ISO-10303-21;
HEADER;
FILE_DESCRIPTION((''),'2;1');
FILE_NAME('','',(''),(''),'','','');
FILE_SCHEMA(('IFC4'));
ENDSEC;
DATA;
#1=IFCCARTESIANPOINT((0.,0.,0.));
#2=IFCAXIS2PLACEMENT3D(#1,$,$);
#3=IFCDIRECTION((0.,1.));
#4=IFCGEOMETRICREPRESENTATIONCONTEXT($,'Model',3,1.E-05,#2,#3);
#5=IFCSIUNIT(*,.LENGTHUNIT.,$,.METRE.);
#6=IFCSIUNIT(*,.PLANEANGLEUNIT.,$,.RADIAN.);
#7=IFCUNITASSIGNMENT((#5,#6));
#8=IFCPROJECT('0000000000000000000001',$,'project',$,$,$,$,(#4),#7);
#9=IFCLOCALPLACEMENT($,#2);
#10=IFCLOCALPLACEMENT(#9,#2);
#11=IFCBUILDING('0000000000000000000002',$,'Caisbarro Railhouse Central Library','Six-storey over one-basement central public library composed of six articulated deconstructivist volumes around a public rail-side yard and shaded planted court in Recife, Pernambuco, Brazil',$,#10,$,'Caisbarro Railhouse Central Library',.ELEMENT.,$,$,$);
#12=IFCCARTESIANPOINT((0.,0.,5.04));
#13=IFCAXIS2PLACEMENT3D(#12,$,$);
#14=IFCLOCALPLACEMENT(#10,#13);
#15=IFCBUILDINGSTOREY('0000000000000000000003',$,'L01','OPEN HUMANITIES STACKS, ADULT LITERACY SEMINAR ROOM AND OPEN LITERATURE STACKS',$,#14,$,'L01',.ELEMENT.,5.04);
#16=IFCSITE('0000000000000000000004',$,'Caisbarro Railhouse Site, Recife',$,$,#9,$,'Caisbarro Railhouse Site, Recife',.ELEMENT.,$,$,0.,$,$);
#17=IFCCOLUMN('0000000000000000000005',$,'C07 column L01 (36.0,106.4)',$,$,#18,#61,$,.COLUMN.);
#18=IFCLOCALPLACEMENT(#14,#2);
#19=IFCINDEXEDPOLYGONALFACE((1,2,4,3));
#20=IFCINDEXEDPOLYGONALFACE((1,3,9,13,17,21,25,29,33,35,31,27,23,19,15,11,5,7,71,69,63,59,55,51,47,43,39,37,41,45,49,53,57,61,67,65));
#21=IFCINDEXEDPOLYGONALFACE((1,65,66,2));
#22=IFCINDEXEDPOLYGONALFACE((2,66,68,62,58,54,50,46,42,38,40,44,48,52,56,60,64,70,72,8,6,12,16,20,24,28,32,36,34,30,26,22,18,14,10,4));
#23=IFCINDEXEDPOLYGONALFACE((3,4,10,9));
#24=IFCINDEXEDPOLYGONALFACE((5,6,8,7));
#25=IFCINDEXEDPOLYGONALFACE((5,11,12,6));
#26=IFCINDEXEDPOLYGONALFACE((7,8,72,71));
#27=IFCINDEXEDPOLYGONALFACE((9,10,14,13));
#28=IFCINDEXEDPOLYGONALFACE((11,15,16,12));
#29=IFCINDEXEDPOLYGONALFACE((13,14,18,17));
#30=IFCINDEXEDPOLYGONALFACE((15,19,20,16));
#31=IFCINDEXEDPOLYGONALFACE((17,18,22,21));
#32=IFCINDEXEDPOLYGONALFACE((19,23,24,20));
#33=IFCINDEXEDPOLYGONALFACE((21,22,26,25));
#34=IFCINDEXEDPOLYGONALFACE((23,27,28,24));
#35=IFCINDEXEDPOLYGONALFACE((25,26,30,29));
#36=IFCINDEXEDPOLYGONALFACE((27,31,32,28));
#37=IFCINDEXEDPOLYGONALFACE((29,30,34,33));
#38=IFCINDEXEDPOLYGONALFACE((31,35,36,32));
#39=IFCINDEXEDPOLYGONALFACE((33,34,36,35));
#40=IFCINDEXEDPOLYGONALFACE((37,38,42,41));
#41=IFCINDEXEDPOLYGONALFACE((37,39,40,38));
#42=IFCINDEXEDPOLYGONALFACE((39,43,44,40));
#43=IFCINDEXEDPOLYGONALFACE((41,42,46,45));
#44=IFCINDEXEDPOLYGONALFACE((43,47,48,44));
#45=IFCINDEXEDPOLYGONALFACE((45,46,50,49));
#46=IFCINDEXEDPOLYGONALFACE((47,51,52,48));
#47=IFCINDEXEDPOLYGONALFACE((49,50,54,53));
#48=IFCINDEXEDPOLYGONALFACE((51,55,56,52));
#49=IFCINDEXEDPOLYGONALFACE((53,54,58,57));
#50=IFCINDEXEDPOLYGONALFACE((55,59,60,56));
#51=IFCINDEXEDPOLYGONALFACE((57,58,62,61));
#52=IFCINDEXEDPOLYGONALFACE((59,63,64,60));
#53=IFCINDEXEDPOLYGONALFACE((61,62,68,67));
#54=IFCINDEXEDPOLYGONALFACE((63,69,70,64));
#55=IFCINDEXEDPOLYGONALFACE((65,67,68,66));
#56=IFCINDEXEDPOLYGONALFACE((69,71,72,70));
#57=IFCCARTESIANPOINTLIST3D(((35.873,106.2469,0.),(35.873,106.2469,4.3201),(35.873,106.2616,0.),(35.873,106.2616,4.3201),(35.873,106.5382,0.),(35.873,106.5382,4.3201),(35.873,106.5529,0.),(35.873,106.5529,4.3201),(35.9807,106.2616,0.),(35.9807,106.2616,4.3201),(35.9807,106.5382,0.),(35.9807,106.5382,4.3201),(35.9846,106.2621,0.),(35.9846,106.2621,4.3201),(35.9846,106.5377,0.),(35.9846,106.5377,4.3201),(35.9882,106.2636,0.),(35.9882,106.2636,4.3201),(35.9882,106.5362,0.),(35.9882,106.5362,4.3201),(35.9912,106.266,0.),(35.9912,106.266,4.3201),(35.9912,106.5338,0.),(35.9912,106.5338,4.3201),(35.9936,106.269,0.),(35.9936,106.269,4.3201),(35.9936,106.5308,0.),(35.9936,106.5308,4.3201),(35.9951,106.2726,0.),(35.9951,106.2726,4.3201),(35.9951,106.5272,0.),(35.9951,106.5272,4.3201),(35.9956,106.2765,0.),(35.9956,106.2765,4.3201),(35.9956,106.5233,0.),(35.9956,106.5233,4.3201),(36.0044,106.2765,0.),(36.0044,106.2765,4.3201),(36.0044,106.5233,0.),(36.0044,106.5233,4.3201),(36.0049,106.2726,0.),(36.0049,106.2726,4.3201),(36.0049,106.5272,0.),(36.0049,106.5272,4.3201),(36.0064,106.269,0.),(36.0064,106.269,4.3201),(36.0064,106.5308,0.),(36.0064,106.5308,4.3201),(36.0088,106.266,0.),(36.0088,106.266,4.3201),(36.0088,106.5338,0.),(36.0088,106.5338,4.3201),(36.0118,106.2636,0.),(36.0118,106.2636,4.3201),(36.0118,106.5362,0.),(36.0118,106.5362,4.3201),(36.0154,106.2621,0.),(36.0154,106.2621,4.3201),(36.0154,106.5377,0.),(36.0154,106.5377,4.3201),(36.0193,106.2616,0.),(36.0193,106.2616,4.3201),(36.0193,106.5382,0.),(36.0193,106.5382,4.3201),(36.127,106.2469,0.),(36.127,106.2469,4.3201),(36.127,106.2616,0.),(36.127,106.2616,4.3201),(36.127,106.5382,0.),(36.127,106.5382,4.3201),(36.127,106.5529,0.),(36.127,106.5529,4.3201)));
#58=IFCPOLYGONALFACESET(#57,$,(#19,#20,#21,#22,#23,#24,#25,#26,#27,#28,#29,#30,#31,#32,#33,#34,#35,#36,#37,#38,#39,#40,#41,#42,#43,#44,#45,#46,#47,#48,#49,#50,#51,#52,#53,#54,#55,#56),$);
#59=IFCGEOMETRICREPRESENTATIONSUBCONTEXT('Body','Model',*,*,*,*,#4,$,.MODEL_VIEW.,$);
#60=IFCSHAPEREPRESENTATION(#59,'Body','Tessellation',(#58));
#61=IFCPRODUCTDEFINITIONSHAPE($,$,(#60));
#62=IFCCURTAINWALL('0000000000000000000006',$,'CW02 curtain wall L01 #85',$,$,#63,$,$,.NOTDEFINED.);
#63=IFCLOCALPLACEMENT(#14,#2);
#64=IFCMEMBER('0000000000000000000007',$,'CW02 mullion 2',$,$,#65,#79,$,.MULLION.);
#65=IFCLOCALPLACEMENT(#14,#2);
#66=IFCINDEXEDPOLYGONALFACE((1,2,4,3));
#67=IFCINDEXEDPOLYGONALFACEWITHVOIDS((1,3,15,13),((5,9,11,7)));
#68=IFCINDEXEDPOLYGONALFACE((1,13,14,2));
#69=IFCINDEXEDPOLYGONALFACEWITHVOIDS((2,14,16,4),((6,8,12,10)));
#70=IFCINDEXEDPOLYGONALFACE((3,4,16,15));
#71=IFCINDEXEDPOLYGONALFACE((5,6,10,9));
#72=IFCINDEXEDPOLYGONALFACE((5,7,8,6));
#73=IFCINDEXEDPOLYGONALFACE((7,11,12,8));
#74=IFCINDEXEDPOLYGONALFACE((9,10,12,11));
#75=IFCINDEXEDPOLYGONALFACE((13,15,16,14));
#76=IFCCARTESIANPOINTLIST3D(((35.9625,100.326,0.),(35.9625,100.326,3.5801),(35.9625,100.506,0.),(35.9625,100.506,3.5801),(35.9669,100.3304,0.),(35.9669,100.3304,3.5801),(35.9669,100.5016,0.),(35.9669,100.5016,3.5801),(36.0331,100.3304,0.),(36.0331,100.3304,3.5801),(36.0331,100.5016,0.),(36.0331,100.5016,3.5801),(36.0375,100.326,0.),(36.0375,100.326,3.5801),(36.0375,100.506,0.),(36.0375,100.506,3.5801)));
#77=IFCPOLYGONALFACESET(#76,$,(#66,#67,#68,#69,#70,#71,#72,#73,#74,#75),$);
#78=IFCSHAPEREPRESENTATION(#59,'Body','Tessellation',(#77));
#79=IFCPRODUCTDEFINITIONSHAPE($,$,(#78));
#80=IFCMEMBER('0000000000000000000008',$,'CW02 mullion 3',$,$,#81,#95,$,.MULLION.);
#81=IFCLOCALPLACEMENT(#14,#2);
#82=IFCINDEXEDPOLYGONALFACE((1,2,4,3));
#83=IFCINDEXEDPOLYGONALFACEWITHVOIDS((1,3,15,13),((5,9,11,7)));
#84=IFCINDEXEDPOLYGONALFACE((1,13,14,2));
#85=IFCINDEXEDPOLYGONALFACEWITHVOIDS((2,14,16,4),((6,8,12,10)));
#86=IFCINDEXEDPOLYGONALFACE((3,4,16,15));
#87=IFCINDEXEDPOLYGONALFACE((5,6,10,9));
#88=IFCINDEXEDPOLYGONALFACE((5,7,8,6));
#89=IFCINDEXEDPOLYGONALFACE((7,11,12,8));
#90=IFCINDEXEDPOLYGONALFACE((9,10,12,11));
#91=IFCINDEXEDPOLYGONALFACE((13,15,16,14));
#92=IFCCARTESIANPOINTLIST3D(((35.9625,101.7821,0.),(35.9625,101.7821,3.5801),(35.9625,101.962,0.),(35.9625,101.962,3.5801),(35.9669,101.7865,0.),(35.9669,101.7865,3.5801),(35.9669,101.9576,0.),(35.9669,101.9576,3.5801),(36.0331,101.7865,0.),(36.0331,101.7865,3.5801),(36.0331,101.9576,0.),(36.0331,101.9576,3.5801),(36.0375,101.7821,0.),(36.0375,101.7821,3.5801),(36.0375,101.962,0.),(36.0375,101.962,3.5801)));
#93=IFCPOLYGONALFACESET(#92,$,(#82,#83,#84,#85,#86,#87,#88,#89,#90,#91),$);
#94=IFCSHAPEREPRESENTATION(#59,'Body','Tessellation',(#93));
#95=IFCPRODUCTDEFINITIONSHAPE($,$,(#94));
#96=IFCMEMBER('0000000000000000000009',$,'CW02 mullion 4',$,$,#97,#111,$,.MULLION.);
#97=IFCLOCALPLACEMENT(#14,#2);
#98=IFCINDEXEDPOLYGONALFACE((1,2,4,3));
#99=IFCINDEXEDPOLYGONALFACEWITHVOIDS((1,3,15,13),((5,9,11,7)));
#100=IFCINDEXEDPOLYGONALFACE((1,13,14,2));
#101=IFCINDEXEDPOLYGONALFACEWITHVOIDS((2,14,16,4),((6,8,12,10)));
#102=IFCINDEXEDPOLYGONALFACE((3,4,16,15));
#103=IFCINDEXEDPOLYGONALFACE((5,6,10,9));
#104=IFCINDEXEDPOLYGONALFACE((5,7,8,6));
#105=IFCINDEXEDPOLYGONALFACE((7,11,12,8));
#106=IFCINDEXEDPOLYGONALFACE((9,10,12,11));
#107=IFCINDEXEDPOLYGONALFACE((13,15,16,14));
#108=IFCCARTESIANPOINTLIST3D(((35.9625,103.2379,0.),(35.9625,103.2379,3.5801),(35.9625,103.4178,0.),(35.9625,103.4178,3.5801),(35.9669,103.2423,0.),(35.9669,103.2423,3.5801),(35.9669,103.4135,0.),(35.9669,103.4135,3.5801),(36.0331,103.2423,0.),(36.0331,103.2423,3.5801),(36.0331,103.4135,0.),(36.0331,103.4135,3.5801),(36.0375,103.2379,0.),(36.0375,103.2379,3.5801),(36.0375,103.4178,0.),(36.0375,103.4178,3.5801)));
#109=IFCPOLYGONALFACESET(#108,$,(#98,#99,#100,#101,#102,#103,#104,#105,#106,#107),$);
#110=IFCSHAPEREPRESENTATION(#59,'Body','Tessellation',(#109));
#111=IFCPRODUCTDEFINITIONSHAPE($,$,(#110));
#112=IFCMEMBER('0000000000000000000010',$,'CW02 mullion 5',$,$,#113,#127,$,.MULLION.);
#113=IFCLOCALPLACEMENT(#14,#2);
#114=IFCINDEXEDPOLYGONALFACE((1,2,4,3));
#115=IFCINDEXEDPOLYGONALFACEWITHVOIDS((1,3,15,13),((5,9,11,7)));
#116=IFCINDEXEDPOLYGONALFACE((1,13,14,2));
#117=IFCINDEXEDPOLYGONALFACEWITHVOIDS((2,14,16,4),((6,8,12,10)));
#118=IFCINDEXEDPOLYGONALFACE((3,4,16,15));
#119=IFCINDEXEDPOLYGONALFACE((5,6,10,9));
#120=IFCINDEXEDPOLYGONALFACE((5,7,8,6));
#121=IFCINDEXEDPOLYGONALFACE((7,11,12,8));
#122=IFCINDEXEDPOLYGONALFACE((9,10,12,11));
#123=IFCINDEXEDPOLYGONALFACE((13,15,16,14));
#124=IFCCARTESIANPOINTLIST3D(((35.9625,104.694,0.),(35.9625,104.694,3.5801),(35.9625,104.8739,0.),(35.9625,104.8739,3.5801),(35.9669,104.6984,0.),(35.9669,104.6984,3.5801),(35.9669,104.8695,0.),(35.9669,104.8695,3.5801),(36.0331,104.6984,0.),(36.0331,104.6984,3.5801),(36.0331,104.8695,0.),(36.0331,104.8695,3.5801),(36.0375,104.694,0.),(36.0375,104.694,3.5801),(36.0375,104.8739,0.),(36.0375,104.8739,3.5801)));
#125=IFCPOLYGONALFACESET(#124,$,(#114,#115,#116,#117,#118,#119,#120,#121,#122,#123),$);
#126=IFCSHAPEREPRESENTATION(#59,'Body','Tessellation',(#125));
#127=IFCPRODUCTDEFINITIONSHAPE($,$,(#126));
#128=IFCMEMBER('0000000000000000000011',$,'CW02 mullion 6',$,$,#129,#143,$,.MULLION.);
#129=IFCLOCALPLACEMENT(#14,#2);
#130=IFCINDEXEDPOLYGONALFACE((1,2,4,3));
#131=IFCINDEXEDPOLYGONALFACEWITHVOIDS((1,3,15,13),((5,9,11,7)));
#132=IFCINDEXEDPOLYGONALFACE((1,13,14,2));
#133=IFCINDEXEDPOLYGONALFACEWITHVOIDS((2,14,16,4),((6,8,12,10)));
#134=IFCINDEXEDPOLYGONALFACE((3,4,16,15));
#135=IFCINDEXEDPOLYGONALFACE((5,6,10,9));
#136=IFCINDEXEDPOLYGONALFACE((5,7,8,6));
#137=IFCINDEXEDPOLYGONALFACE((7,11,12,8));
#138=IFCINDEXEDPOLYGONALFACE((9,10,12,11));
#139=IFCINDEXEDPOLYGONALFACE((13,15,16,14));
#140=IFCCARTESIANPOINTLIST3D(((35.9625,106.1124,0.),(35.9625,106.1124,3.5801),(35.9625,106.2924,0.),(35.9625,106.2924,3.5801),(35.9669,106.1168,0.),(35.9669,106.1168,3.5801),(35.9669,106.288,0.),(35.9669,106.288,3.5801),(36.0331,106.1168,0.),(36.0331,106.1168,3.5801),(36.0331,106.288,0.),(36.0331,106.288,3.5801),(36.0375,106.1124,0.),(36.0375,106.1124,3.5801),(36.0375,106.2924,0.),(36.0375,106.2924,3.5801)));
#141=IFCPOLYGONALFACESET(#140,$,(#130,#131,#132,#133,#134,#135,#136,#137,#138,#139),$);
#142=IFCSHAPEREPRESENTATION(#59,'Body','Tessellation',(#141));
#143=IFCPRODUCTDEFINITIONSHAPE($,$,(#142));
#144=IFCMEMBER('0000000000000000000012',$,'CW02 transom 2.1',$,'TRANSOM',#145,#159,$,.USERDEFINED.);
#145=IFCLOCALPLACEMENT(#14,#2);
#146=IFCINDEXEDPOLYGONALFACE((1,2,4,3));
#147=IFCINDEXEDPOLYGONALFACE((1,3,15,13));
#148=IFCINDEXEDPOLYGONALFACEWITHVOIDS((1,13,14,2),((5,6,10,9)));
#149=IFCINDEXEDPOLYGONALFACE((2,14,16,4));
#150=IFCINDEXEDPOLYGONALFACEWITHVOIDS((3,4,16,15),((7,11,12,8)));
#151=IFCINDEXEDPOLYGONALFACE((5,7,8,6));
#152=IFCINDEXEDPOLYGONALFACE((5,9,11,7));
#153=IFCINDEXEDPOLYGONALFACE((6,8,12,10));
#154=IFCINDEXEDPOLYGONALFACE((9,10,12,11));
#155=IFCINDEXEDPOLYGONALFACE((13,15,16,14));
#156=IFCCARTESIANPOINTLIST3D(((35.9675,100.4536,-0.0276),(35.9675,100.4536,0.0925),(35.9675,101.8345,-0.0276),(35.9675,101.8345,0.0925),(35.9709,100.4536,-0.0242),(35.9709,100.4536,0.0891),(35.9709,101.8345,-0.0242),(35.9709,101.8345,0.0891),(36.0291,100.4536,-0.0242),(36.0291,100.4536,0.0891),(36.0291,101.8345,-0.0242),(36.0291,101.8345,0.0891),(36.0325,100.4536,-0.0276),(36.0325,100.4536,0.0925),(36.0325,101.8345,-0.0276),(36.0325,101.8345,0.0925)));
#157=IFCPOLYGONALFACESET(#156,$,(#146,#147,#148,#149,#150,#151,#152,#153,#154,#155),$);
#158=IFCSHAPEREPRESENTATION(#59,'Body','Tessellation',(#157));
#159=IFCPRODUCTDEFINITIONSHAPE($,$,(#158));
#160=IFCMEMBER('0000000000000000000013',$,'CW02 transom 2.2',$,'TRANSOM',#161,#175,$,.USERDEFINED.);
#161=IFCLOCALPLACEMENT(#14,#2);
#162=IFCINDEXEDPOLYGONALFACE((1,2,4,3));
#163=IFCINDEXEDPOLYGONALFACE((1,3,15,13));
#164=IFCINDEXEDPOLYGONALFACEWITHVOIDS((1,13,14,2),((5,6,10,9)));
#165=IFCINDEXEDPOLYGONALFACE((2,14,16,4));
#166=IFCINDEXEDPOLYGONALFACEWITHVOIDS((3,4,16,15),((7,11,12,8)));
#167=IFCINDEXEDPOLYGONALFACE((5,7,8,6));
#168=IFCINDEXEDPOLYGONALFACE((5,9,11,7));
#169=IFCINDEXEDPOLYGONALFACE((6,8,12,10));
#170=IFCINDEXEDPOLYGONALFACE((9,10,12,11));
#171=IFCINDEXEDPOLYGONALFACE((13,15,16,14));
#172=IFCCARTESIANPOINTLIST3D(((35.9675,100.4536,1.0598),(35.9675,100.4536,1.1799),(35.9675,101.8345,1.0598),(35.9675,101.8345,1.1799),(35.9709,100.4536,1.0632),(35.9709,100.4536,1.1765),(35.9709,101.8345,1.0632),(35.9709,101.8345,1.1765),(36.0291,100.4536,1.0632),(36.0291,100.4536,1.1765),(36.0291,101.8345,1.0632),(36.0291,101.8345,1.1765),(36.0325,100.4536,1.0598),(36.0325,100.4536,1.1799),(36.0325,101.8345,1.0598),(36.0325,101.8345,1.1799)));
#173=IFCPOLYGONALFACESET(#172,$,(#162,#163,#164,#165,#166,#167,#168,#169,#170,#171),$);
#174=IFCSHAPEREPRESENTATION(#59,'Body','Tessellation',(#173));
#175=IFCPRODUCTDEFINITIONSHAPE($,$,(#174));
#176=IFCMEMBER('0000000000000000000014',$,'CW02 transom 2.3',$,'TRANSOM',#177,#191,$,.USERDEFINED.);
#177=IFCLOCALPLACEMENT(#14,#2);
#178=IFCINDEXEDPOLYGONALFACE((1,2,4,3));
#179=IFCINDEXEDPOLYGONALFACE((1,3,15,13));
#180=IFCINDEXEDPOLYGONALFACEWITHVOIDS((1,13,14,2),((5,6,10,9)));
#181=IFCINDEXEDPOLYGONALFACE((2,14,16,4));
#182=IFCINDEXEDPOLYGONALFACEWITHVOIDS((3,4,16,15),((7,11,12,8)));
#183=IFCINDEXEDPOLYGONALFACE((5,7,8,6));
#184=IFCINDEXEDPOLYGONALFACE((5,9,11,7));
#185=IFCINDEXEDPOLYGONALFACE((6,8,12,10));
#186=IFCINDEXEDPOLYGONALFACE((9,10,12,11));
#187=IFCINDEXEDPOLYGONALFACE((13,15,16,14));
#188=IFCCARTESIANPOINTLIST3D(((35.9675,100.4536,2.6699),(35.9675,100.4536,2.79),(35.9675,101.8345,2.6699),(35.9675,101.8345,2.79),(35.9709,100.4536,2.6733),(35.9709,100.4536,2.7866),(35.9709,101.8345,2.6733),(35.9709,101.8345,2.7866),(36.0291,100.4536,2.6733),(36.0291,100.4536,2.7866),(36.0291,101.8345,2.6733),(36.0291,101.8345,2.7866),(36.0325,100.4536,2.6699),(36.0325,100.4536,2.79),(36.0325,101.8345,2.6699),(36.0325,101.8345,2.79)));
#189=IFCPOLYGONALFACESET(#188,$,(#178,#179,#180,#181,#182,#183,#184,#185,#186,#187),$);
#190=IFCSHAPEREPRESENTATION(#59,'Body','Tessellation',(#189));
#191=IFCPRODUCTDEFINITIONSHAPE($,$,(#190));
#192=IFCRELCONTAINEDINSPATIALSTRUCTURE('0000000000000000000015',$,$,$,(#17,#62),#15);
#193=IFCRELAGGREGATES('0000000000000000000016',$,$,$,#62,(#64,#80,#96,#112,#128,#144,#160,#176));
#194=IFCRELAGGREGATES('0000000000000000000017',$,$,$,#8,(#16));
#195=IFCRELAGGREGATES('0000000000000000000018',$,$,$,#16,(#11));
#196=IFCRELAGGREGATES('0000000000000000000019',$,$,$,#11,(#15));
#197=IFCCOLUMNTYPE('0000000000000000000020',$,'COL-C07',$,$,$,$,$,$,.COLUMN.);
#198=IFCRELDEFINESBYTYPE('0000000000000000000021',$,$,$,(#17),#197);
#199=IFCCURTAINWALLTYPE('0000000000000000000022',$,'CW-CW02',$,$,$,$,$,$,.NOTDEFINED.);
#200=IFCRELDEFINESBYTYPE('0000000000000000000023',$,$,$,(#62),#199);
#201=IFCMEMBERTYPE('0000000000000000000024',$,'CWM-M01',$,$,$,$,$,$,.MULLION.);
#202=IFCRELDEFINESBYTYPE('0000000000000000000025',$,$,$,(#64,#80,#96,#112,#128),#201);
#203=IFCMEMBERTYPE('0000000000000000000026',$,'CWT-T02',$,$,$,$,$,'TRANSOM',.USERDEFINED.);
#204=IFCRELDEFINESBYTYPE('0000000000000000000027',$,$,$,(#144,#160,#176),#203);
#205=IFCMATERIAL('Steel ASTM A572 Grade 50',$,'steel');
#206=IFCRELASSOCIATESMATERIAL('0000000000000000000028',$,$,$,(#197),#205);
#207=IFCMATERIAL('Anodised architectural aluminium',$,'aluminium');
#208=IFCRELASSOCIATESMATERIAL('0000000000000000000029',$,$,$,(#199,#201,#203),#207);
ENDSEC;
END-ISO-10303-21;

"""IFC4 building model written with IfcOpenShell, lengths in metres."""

from ifc_helpers import new_model, si_unit, direction, frame, origin, origin_2d, place, context, subcontext, project, spatial, hollow_rectangle, i_section, extrude, material, material_profile, profile_set, type_object, element, aggregate, save


model = new_model("IFC4")

# Units and contexts
model_context = context("Model", 3, precision=1e-05, world=origin(), true_north=direction((0.0, 1.0)))
body_context = subcontext(model_context, "Body", "Model", "MODEL_VIEW")
ifc_project = project(units=[si_unit("LENGTHUNIT", "METRE"), si_unit("PLANEANGLEUNIT", "RADIAN")], contexts=[model_context])

# Site, building, storey
site_placement = place(None, origin())
site = spatial("IfcSite", under=ifc_project, at=site_placement, Name="Caisbarro Railhouse Site, Recife", LongName="Caisbarro Railhouse Site, Recife", CompositionType="ELEMENT", RefElevation=0.0)
building_placement = place(site_placement, origin())
building = spatial("IfcBuilding", under=site, at=building_placement, Name="Caisbarro Railhouse Central Library", Description="Six-storey over one-basement central public library composed of six articulated deconstructivist volumes around a public rail-side yard and shaded planted court in Recife, Pernambuco, Brazil", LongName="Caisbarro Railhouse Central Library", CompositionType="ELEMENT")
storey_placement = place(building_placement, frame((0.0, 0.0, 5.04)))
storey = spatial("IfcBuildingStorey", under=building, at=storey_placement, Name="L01", Description="OPEN HUMANITIES STACKS, ADULT LITERACY SEMINAR ROOM AND OPEN LITERATURE STACKS", LongName="L01", CompositionType="ELEMENT", Elevation=5.04)

# Column
ifc_material_1 = material(Name="Steel ASTM A572 Grade 50", Category="steel")
ifc_material_profile_1 = material_profile(ifc_material_1, i_section(OverallWidth=0.2539, OverallDepth=0.3059, WebThickness=0.0088, FlangeThickness=0.0146, FilletRadius=0.0149, at=origin_2d()), Name="W310X79.0")
ifc_profile_set_1 = profile_set([ifc_material_profile_1], Name="Steel ASTM A572 Grade 50")
column_type = type_object("IfcColumnType", Name="COL-C07", PredefinedType="COLUMN", material=ifc_profile_set_1)
column_placement = place(storey_placement, frame((36.0, 106.3999, 0.0), z_axis=(0.0, 0.0, 1.0), x_axis=(1.0, 0.0, 0.0)))
element("IfcColumn", 1, at=column_placement, inside=storey, type_object=column_type, Name="C07 column L01 (36.0,106.4)", PredefinedType="COLUMN", context=body_context, shape_type="SweptSolid", body=[
    extrude(i_section(OverallWidth=0.2539, OverallDepth=0.3059, WebThickness=0.0088, FlangeThickness=0.0146, FilletRadius=0.0149, at=origin_2d()), origin(), (0.0, 0.0, 1.0), 4.3201),
])

# Curtain wall, members
ifc_material_2 = material(Name="Anodised architectural aluminium", Category="aluminium")
curtain_wall_type = type_object("IfcCurtainWallType", Name="CW-CW02", PredefinedType="NOTDEFINED", material=ifc_material_2)
curtain_wall_placement = place(storey_placement, origin())
curtain_wall = element("IfcCurtainWall", 2, at=curtain_wall_placement, inside=storey, type_object=curtain_wall_type, Name="CW02 curtain wall L01 #85", PredefinedType="NOTDEFINED")
ifc_material_profile_2 = material_profile(ifc_material_2, hollow_rectangle(XDim=0.075, YDim=0.1799, WallThickness=0.0044, at=origin_2d()), Name="ALU-MUL-75X180")
ifc_profile_set_2 = profile_set([ifc_material_profile_2], Name="Anodised architectural aluminium")
member_type_1 = type_object("IfcMemberType", Name="CWM-M01", PredefinedType="MULLION", material=ifc_profile_set_2)
member_1_placement = place(storey_placement, frame((36.0, 100.416, 0.0), z_axis=(0.0, 0.0, 1.0), x_axis=(-1.0, 0.0, 0.0)))
member_1 = element("IfcMember", 3, at=member_1_placement, type_object=member_type_1, Name="CW02 mullion 2", PredefinedType="MULLION", context=body_context, shape_type="SweptSolid", body=[
    extrude(hollow_rectangle(XDim=0.075, YDim=0.1799, WallThickness=0.0044, at=origin_2d()), origin(), (0.0, 0.0, 1.0), 3.5801),
])
member_2_placement = place(storey_placement, frame((36.0, 101.8721, 0.0), z_axis=(0.0, 0.0, 1.0), x_axis=(-1.0, 0.0, 0.0)))
member_2 = element("IfcMember", 4, at=member_2_placement, type_object=member_type_1, Name="CW02 mullion 3", PredefinedType="MULLION", context=body_context, shape_type="SweptSolid", body=[
    extrude(hollow_rectangle(XDim=0.075, YDim=0.1799, WallThickness=0.0044, at=origin_2d()), origin(), (0.0, 0.0, 1.0), 3.5801),
])
member_3_placement = place(storey_placement, frame((36.0, 103.3279, 0.0), z_axis=(0.0, 0.0, 1.0), x_axis=(-1.0, 0.0, 0.0)))
member_3 = element("IfcMember", 5, at=member_3_placement, type_object=member_type_1, Name="CW02 mullion 4", PredefinedType="MULLION", context=body_context, shape_type="SweptSolid", body=[
    extrude(hollow_rectangle(XDim=0.075, YDim=0.1799, WallThickness=0.0044, at=origin_2d()), origin(), (0.0, 0.0, 1.0), 3.5801),
])
member_4_placement = place(storey_placement, frame((36.0, 104.7839, 0.0), z_axis=(0.0, 0.0, 1.0), x_axis=(-1.0, 0.0, 0.0)))
member_4 = element("IfcMember", 6, at=member_4_placement, type_object=member_type_1, Name="CW02 mullion 5", PredefinedType="MULLION", context=body_context, shape_type="SweptSolid", body=[
    extrude(hollow_rectangle(XDim=0.075, YDim=0.1799, WallThickness=0.0044, at=origin_2d()), origin(), (0.0, 0.0, 1.0), 3.5801),
])
member_5_placement = place(storey_placement, frame((36.0, 106.2024, 0.0), z_axis=(0.0, 0.0, 1.0), x_axis=(-1.0, 0.0, 0.0)))
member_5 = element("IfcMember", 7, at=member_5_placement, type_object=member_type_1, Name="CW02 mullion 6", PredefinedType="MULLION", context=body_context, shape_type="SweptSolid", body=[
    extrude(hollow_rectangle(XDim=0.075, YDim=0.1799, WallThickness=0.0044, at=origin_2d()), origin(), (0.0, 0.0, 1.0), 3.5801),
])
ifc_material_profile_3 = material_profile(ifc_material_2, hollow_rectangle(XDim=0.0649, YDim=0.1201, WallThickness=0.0034, at=origin_2d()), Name="ALU-TRN-65X120")
ifc_profile_set_3 = profile_set([ifc_material_profile_3], Name="Anodised architectural aluminium")
member_type_2 = type_object("IfcMemberType", Name="CWT-T02", ElementType="TRANSOM", PredefinedType="USERDEFINED", material=ifc_profile_set_3)
member_6_placement = place(storey_placement, frame((36.0, 100.4536, 0.0325), z_axis=(0.0, 1.0, 0.0), x_axis=(-1.0, 0.0, 0.0)))
member_6 = element("IfcMember", 8, at=member_6_placement, type_object=member_type_2, Name="CW02 transom 2.1", ObjectType="TRANSOM", PredefinedType="USERDEFINED", context=body_context, shape_type="SweptSolid", body=[
    extrude(hollow_rectangle(XDim=0.0649, YDim=0.1201, WallThickness=0.0034, at=origin_2d()), origin(), (0.0, 0.0, 1.0), 1.3809),
])
member_7_placement = place(storey_placement, frame((36.0, 100.4536, 1.1199), z_axis=(0.0, 1.0, 0.0), x_axis=(-1.0, 0.0, 0.0)))
member_7 = element("IfcMember", 9, at=member_7_placement, type_object=member_type_2, Name="CW02 transom 2.2", ObjectType="TRANSOM", PredefinedType="USERDEFINED", context=body_context, shape_type="SweptSolid", body=[
    extrude(hollow_rectangle(XDim=0.0649, YDim=0.1201, WallThickness=0.0034, at=origin_2d()), origin(), (0.0, 0.0, 1.0), 1.3809),
])
member_8_placement = place(storey_placement, frame((36.0, 100.4536, 2.73), z_axis=(0.0, 1.0, 0.0), x_axis=(-1.0, 0.0, 0.0)))
member_8 = element("IfcMember", 10, at=member_8_placement, type_object=member_type_2, Name="CW02 transom 2.3", ObjectType="TRANSOM", PredefinedType="USERDEFINED", context=body_context, shape_type="SweptSolid", body=[
    extrude(hollow_rectangle(XDim=0.0649, YDim=0.1201, WallThickness=0.0034, at=origin_2d()), origin(), (0.0, 0.0, 1.0), 1.3809),
])
aggregate(curtain_wall, [member_1, member_2, member_3, member_4, member_5, member_6, member_7, member_8])

save(model, "model.ifc")
